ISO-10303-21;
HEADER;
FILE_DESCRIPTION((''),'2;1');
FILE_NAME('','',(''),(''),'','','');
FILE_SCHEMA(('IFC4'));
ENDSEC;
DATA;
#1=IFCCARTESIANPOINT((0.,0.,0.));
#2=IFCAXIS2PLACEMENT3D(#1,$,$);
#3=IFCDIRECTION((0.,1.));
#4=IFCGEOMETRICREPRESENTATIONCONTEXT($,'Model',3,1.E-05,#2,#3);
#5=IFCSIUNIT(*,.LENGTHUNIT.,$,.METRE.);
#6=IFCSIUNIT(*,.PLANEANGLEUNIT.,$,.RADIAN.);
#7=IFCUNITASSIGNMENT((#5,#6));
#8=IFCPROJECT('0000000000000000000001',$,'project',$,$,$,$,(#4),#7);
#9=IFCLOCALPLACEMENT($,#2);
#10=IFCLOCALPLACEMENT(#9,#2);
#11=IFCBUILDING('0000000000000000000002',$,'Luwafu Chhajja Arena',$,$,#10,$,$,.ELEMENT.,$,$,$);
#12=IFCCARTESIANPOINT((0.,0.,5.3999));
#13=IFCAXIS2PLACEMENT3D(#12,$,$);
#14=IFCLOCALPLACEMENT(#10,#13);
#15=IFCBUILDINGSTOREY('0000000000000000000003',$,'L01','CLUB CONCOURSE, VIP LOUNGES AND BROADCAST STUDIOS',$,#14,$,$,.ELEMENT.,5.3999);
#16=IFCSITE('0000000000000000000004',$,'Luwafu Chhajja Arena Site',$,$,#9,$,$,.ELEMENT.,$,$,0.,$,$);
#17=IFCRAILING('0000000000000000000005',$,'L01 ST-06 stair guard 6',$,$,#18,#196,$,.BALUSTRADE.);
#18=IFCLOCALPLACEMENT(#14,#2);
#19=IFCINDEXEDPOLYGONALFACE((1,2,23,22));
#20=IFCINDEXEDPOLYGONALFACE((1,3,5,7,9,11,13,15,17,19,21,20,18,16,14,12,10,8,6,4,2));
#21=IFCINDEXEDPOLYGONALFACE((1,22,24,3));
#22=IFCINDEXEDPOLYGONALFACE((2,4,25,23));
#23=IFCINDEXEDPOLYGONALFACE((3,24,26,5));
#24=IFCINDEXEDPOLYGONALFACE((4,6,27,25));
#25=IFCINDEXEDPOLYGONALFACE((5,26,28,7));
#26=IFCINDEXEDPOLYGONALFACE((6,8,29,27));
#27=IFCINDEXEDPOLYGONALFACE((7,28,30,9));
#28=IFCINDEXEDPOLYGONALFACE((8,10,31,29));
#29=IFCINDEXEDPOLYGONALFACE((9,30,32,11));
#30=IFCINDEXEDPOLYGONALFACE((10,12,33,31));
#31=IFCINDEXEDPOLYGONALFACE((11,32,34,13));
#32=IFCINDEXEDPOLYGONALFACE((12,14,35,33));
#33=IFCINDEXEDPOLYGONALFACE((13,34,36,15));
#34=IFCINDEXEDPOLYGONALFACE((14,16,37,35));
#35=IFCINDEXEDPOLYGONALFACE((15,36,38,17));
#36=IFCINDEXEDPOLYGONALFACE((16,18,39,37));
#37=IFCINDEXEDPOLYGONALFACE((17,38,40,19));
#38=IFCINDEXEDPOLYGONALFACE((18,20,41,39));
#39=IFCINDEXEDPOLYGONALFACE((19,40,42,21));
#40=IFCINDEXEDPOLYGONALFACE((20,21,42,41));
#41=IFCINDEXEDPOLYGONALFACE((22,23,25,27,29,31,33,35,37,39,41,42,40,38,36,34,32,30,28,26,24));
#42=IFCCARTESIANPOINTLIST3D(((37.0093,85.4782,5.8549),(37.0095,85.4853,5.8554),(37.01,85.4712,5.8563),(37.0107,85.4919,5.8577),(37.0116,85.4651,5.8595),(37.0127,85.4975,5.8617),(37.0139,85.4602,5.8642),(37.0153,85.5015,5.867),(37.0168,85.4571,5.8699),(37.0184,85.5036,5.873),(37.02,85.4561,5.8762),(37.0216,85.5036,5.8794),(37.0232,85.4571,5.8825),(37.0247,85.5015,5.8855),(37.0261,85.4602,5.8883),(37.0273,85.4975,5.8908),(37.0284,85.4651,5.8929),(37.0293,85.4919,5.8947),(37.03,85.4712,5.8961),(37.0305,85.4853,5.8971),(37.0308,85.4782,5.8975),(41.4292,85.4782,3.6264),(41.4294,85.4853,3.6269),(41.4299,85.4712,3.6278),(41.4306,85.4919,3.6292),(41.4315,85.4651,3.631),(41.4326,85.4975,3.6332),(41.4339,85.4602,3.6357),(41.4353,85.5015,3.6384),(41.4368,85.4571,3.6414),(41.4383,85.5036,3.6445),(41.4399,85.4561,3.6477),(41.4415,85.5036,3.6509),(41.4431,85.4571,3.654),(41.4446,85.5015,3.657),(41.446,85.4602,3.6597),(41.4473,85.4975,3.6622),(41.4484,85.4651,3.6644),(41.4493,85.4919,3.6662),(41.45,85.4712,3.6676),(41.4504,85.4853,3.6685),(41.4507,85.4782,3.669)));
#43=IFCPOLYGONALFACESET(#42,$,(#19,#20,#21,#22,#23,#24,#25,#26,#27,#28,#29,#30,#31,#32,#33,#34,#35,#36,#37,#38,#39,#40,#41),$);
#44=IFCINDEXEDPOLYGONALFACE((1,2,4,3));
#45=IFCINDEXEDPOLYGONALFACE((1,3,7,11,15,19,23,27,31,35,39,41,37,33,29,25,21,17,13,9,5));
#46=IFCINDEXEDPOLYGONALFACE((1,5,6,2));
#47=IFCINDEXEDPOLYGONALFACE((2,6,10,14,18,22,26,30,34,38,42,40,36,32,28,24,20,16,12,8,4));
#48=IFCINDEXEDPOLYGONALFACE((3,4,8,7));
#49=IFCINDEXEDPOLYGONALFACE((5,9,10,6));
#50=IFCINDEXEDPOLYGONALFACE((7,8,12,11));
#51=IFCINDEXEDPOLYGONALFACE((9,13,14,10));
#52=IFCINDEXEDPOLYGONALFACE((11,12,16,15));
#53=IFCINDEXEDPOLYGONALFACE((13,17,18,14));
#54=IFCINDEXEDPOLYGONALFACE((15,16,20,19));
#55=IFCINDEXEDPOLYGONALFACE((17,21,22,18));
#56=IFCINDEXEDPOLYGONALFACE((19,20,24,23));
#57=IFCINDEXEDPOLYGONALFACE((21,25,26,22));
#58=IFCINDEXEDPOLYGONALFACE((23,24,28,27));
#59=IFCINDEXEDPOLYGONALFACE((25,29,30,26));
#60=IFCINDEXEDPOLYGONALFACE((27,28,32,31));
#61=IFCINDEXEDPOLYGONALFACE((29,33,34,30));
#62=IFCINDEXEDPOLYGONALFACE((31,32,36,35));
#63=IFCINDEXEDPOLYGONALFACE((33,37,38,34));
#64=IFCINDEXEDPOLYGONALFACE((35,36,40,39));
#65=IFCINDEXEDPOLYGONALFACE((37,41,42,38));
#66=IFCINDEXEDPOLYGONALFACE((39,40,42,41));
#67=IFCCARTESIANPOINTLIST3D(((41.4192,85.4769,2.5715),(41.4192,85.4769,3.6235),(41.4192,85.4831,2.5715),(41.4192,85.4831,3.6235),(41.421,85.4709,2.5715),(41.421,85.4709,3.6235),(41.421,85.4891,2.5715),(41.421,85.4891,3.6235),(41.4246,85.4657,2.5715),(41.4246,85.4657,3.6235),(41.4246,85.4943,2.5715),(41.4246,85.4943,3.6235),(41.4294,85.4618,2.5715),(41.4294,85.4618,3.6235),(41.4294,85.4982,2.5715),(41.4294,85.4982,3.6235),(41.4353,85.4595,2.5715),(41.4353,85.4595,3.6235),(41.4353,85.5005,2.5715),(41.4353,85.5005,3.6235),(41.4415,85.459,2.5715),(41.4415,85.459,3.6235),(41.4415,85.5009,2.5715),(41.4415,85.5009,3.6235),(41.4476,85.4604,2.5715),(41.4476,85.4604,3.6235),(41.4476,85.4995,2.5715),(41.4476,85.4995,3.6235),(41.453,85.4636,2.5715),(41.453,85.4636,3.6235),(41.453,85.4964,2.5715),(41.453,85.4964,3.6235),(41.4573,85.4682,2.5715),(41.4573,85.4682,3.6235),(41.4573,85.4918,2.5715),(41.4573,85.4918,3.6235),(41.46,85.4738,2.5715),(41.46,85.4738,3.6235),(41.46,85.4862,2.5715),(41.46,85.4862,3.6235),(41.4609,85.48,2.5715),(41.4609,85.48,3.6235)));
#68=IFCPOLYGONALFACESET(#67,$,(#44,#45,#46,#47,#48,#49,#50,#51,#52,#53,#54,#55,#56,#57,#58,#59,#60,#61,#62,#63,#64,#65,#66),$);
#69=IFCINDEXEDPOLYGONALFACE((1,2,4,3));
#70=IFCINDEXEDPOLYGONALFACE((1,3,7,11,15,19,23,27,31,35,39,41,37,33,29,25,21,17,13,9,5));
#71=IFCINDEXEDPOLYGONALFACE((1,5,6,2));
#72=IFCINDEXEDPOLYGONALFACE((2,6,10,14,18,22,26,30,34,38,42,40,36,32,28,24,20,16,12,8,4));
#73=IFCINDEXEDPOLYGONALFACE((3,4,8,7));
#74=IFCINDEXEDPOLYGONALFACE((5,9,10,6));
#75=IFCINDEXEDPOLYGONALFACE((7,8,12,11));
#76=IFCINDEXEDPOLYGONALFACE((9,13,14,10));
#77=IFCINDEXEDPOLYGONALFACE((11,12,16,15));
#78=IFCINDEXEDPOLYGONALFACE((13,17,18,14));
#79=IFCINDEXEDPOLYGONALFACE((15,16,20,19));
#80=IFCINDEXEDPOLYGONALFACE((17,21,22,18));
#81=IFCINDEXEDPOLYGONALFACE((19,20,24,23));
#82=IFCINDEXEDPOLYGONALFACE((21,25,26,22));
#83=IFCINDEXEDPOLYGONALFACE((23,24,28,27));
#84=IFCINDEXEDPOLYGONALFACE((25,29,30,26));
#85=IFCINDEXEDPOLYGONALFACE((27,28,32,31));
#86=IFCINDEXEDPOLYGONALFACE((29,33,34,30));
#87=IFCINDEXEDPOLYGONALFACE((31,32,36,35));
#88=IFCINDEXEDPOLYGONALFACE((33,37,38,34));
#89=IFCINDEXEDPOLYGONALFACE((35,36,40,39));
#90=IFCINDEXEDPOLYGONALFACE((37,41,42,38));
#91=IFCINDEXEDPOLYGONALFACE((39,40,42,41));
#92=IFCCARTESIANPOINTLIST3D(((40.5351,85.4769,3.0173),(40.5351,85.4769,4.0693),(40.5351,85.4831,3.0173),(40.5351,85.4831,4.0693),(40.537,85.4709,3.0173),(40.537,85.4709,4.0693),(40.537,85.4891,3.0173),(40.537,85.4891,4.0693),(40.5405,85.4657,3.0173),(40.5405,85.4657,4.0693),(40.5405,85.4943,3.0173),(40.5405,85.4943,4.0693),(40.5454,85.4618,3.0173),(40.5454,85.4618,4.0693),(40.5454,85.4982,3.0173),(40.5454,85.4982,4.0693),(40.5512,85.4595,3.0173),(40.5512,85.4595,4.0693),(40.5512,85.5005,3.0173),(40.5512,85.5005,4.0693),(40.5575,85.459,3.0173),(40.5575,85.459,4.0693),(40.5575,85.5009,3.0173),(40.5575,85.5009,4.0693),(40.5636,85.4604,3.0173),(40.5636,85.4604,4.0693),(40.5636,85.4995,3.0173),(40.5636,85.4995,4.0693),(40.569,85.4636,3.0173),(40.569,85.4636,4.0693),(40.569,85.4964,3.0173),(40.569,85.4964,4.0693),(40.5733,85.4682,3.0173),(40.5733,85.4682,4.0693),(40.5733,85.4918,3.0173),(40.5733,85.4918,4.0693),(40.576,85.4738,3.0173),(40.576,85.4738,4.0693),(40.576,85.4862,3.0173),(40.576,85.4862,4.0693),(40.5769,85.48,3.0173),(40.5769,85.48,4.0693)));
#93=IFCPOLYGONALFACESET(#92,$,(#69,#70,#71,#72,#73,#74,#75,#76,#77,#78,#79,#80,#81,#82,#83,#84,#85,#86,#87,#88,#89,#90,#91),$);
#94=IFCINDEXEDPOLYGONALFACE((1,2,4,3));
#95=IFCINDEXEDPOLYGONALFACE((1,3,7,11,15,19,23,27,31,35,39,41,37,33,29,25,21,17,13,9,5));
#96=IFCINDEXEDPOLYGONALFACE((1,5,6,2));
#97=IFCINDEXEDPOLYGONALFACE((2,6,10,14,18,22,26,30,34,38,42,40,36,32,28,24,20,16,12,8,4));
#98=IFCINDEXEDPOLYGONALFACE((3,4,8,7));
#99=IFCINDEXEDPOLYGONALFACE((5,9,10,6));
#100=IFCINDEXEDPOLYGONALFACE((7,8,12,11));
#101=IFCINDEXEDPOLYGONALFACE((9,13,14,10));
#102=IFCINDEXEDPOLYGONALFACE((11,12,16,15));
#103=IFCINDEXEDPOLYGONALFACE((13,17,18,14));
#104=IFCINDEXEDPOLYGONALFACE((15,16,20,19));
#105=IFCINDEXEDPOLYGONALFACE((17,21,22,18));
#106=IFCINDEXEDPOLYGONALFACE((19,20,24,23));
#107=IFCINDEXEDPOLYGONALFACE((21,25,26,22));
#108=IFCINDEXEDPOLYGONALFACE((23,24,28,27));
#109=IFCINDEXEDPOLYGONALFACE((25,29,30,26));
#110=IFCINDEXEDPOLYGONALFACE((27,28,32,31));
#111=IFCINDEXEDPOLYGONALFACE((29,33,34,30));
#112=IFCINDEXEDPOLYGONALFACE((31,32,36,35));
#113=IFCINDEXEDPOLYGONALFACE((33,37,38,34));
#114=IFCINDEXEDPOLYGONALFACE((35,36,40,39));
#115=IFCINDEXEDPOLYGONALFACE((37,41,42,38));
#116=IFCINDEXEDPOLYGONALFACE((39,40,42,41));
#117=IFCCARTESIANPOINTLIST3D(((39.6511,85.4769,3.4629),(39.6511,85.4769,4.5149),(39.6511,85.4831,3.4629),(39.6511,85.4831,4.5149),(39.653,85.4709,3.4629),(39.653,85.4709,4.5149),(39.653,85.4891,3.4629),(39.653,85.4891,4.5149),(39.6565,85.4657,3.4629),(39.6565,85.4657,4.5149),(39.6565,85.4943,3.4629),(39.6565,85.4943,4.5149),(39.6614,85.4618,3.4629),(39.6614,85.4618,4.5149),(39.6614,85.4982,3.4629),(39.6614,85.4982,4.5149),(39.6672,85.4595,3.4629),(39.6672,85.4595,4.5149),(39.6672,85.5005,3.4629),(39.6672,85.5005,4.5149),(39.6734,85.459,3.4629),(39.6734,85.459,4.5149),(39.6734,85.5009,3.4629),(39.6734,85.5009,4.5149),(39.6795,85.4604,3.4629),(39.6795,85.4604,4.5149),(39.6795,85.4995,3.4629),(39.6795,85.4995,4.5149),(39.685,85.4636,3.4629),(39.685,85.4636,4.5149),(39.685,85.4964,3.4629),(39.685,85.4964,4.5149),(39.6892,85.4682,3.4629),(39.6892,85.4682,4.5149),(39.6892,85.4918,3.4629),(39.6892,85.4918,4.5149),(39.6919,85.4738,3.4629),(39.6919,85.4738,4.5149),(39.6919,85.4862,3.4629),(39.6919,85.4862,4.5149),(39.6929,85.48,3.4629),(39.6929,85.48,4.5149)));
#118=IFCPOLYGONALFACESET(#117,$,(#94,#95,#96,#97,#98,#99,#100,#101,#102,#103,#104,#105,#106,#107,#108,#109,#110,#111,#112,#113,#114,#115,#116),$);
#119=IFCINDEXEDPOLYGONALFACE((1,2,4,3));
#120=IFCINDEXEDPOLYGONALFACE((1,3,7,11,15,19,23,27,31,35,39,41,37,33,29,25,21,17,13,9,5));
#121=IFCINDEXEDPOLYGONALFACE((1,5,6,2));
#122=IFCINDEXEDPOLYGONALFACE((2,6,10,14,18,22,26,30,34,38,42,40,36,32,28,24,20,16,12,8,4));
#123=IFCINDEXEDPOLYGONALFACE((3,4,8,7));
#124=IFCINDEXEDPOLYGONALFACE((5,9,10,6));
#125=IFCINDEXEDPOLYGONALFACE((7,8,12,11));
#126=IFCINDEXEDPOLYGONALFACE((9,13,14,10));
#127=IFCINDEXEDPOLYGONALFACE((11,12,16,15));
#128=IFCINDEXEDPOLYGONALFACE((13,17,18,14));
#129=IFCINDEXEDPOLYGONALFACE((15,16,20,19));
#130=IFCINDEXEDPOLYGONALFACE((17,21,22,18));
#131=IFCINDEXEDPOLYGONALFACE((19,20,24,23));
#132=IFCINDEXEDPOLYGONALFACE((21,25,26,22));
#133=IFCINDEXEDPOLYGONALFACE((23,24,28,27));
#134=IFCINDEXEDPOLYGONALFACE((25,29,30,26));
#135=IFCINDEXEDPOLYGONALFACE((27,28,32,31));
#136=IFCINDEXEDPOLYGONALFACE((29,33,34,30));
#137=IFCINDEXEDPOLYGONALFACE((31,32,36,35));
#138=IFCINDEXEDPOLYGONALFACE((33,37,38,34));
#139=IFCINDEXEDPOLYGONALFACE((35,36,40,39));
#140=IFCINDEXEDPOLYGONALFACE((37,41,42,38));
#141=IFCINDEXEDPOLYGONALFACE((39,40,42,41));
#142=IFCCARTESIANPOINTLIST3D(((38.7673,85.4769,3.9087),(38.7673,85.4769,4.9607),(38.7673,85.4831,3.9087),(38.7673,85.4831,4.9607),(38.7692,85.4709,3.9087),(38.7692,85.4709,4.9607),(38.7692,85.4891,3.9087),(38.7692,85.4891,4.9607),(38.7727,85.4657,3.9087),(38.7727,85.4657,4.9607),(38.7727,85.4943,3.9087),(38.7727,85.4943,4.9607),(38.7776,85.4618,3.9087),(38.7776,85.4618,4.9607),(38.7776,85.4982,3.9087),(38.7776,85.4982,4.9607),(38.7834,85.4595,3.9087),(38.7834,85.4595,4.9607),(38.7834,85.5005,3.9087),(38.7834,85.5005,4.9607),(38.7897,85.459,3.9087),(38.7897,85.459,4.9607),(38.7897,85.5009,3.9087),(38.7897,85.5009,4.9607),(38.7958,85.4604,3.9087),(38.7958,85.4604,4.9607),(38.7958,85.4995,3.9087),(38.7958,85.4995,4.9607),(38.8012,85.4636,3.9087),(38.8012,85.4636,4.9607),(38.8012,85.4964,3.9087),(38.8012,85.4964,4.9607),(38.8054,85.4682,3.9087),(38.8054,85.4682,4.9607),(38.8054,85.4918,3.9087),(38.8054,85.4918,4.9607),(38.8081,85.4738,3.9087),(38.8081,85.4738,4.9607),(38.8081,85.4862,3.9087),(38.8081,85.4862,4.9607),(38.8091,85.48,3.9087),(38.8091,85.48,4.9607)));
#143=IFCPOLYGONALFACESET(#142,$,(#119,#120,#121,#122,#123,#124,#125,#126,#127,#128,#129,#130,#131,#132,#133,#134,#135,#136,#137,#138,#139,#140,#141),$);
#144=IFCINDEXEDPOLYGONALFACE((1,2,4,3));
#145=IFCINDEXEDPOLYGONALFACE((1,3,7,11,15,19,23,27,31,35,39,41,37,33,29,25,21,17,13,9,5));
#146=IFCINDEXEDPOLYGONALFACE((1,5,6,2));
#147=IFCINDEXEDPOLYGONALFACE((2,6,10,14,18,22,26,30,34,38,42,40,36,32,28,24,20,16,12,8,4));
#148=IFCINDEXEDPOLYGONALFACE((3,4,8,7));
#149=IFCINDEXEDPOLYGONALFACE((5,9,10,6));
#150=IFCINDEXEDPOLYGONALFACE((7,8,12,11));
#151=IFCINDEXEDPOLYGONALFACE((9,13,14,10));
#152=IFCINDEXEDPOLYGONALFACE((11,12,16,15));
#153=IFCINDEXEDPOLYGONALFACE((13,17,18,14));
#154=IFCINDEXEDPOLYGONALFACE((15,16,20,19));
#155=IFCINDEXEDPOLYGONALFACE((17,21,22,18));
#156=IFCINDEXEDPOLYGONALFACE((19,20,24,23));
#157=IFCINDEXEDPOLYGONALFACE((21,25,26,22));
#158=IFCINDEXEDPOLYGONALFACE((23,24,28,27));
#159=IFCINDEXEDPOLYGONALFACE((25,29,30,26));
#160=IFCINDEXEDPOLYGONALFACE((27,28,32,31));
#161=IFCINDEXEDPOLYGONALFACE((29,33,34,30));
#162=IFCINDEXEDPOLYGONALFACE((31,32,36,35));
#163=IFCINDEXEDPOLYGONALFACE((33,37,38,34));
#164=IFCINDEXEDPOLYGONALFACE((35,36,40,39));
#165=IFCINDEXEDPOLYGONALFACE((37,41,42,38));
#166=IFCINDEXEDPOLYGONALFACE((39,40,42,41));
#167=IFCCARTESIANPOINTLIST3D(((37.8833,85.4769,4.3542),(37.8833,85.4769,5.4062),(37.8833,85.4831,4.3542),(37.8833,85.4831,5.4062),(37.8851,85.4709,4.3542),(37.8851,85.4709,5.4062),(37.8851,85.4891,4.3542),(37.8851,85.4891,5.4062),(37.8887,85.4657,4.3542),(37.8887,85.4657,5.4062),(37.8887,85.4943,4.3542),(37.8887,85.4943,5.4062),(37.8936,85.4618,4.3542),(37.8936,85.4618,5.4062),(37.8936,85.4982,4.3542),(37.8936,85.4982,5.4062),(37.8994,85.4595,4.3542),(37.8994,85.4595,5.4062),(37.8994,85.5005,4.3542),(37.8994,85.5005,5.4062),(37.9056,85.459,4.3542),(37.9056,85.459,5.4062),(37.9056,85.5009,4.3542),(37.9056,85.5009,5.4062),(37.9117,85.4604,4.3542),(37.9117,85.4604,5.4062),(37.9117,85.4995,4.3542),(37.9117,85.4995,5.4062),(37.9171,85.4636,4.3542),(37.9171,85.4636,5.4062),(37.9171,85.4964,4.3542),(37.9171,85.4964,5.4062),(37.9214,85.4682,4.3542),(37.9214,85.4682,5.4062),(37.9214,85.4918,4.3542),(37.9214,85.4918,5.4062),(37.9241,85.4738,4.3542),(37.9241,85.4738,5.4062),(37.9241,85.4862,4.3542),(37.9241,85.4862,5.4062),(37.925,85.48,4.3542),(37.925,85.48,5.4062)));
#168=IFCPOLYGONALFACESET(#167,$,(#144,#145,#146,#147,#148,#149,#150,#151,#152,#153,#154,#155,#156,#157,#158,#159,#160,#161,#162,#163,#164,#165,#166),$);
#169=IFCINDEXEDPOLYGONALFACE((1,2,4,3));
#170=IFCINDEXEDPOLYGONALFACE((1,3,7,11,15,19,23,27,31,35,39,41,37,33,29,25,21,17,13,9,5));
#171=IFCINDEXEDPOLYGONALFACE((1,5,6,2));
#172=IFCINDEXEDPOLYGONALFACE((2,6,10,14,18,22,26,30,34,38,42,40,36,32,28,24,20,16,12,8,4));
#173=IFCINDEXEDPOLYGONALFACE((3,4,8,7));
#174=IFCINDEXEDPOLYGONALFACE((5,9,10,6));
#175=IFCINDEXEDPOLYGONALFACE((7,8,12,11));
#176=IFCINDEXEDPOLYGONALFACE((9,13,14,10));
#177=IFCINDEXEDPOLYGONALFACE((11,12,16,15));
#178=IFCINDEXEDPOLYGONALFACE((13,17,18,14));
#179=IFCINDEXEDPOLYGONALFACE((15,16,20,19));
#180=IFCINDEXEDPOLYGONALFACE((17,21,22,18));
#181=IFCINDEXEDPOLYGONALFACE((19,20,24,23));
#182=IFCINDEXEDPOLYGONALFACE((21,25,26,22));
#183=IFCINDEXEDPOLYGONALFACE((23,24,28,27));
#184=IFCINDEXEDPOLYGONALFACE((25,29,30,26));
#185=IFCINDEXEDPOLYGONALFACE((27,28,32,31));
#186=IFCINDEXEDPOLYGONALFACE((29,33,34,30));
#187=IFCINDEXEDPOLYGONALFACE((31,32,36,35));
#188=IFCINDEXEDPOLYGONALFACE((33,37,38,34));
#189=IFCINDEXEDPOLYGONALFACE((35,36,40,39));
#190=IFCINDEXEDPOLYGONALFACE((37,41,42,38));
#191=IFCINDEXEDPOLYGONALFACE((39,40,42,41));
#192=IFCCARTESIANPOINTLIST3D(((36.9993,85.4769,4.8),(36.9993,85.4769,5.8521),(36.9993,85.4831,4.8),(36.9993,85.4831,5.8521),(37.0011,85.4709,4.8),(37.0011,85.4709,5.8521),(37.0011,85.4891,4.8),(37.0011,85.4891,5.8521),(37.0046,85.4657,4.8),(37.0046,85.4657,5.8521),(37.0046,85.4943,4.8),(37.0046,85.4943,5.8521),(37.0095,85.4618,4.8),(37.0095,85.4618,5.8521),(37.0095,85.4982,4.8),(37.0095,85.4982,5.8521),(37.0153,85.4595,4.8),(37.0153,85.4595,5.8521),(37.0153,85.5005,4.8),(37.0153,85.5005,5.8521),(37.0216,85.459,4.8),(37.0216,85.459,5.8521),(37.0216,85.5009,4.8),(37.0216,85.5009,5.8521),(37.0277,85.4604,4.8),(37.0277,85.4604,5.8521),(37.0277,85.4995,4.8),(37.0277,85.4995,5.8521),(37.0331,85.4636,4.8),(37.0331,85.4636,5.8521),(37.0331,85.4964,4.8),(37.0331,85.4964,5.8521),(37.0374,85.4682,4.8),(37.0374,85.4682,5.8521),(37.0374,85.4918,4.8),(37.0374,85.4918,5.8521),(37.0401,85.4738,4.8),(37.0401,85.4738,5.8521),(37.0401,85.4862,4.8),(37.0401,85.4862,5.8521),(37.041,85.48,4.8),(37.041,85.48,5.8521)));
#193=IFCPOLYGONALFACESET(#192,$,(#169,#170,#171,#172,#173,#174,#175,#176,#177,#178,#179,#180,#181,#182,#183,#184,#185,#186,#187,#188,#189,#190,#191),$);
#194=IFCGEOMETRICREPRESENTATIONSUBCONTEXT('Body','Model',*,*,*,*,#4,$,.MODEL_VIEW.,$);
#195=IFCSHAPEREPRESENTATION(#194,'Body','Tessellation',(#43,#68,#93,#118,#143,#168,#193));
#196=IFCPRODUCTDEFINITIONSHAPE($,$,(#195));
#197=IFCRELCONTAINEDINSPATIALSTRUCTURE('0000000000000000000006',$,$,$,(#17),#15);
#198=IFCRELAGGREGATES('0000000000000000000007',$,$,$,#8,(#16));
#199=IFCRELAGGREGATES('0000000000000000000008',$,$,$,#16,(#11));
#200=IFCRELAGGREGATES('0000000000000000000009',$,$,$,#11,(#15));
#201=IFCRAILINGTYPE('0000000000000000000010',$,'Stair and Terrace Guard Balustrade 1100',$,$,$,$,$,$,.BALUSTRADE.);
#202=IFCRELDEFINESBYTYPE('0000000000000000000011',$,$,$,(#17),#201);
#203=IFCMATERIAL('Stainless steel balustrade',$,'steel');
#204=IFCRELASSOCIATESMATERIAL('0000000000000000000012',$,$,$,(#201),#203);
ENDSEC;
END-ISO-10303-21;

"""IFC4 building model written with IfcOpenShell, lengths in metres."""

from ifc_helpers import new_model, si_unit, direction, frame, origin, origin_2d, place, context, subcontext, project, spatial, circle, extrude, material, type_object, element, save


model = new_model("IFC4")

# Units and contexts
model_context = context("Model", 3, precision=1e-05, world=origin(), true_north=direction((0.0, 1.0)))
body_context = subcontext(model_context, "Body", "Model", "MODEL_VIEW")
ifc_project = project(units=[si_unit("LENGTHUNIT", "METRE"), si_unit("PLANEANGLEUNIT", "RADIAN")], contexts=[model_context])

# Site, building, storey
site_placement = place(None, origin())
site = spatial("IfcSite", under=ifc_project, at=site_placement, Name="Luwafu Chhajja Arena Site", CompositionType="ELEMENT", RefElevation=0.0)
building_placement = place(site_placement, origin())
building = spatial("IfcBuilding", under=site, at=building_placement, Name="Luwafu Chhajja Arena", CompositionType="ELEMENT")
storey_placement = place(building_placement, frame((0.0, 0.0, 5.3999)))
storey = spatial("IfcBuildingStorey", under=building, at=storey_placement, Name="L01", Description="CLUB CONCOURSE, VIP LOUNGES AND BROADCAST STUDIOS", CompositionType="ELEMENT", Elevation=5.3999)

# Railing
ifc_material_1 = material(Name="Stainless steel balustrade", Category="steel")
railing_type_1 = type_object("IfcRailingType", Name="Stair and Terrace Guard Balustrade 1100", PredefinedType="BALUSTRADE", material=ifc_material_1)
railing_1_placement = place(storey_placement, frame((41.4399, 85.48, 2.5715)))
element("IfcRailing", 1, at=railing_1_placement, inside=storey, type_object=railing_type_1, Name="L01 ST-06 stair guard 6", PredefinedType="BALUSTRADE", context=body_context, shape_type="SweptSolid", body=[
    extrude(circle(Radius=0.0239, at=origin_2d()), frame((0.0, 0.0, 1.0762), z_axis=(-0.892923, 0.0, 0.45021), x_axis=(0.0, -1.0, 0.0)), (0.0, 0.0, 1.0), 4.95),
    extrude(circle(Radius=0.021, at=origin_2d()), origin(), (0.0, 0.0, 1.0), 1.052),
    extrude(circle(Radius=0.021, at=origin_2d()), frame((-0.884, 0.0, 0.4458)), (0.0, 0.0, 1.0), 1.052),
    extrude(circle(Radius=0.021, at=origin_2d()), frame((-1.7681, 0.0, 0.8914)), (0.0, 0.0, 1.0), 1.052),
    extrude(circle(Radius=0.021, at=origin_2d()), frame((-2.6519, 0.0, 1.3372)), (0.0, 0.0, 1.0), 1.052),
    extrude(circle(Radius=0.021, at=origin_2d()), frame((-3.5359, 0.0, 1.7827)), (0.0, 0.0, 1.0), 1.052),
    extrude(circle(Radius=0.021, at=origin_2d()), frame((-4.4199, 0.0, 2.2285)), (0.0, 0.0, 1.0), 1.052),
])

save(model, "model.ifc")
